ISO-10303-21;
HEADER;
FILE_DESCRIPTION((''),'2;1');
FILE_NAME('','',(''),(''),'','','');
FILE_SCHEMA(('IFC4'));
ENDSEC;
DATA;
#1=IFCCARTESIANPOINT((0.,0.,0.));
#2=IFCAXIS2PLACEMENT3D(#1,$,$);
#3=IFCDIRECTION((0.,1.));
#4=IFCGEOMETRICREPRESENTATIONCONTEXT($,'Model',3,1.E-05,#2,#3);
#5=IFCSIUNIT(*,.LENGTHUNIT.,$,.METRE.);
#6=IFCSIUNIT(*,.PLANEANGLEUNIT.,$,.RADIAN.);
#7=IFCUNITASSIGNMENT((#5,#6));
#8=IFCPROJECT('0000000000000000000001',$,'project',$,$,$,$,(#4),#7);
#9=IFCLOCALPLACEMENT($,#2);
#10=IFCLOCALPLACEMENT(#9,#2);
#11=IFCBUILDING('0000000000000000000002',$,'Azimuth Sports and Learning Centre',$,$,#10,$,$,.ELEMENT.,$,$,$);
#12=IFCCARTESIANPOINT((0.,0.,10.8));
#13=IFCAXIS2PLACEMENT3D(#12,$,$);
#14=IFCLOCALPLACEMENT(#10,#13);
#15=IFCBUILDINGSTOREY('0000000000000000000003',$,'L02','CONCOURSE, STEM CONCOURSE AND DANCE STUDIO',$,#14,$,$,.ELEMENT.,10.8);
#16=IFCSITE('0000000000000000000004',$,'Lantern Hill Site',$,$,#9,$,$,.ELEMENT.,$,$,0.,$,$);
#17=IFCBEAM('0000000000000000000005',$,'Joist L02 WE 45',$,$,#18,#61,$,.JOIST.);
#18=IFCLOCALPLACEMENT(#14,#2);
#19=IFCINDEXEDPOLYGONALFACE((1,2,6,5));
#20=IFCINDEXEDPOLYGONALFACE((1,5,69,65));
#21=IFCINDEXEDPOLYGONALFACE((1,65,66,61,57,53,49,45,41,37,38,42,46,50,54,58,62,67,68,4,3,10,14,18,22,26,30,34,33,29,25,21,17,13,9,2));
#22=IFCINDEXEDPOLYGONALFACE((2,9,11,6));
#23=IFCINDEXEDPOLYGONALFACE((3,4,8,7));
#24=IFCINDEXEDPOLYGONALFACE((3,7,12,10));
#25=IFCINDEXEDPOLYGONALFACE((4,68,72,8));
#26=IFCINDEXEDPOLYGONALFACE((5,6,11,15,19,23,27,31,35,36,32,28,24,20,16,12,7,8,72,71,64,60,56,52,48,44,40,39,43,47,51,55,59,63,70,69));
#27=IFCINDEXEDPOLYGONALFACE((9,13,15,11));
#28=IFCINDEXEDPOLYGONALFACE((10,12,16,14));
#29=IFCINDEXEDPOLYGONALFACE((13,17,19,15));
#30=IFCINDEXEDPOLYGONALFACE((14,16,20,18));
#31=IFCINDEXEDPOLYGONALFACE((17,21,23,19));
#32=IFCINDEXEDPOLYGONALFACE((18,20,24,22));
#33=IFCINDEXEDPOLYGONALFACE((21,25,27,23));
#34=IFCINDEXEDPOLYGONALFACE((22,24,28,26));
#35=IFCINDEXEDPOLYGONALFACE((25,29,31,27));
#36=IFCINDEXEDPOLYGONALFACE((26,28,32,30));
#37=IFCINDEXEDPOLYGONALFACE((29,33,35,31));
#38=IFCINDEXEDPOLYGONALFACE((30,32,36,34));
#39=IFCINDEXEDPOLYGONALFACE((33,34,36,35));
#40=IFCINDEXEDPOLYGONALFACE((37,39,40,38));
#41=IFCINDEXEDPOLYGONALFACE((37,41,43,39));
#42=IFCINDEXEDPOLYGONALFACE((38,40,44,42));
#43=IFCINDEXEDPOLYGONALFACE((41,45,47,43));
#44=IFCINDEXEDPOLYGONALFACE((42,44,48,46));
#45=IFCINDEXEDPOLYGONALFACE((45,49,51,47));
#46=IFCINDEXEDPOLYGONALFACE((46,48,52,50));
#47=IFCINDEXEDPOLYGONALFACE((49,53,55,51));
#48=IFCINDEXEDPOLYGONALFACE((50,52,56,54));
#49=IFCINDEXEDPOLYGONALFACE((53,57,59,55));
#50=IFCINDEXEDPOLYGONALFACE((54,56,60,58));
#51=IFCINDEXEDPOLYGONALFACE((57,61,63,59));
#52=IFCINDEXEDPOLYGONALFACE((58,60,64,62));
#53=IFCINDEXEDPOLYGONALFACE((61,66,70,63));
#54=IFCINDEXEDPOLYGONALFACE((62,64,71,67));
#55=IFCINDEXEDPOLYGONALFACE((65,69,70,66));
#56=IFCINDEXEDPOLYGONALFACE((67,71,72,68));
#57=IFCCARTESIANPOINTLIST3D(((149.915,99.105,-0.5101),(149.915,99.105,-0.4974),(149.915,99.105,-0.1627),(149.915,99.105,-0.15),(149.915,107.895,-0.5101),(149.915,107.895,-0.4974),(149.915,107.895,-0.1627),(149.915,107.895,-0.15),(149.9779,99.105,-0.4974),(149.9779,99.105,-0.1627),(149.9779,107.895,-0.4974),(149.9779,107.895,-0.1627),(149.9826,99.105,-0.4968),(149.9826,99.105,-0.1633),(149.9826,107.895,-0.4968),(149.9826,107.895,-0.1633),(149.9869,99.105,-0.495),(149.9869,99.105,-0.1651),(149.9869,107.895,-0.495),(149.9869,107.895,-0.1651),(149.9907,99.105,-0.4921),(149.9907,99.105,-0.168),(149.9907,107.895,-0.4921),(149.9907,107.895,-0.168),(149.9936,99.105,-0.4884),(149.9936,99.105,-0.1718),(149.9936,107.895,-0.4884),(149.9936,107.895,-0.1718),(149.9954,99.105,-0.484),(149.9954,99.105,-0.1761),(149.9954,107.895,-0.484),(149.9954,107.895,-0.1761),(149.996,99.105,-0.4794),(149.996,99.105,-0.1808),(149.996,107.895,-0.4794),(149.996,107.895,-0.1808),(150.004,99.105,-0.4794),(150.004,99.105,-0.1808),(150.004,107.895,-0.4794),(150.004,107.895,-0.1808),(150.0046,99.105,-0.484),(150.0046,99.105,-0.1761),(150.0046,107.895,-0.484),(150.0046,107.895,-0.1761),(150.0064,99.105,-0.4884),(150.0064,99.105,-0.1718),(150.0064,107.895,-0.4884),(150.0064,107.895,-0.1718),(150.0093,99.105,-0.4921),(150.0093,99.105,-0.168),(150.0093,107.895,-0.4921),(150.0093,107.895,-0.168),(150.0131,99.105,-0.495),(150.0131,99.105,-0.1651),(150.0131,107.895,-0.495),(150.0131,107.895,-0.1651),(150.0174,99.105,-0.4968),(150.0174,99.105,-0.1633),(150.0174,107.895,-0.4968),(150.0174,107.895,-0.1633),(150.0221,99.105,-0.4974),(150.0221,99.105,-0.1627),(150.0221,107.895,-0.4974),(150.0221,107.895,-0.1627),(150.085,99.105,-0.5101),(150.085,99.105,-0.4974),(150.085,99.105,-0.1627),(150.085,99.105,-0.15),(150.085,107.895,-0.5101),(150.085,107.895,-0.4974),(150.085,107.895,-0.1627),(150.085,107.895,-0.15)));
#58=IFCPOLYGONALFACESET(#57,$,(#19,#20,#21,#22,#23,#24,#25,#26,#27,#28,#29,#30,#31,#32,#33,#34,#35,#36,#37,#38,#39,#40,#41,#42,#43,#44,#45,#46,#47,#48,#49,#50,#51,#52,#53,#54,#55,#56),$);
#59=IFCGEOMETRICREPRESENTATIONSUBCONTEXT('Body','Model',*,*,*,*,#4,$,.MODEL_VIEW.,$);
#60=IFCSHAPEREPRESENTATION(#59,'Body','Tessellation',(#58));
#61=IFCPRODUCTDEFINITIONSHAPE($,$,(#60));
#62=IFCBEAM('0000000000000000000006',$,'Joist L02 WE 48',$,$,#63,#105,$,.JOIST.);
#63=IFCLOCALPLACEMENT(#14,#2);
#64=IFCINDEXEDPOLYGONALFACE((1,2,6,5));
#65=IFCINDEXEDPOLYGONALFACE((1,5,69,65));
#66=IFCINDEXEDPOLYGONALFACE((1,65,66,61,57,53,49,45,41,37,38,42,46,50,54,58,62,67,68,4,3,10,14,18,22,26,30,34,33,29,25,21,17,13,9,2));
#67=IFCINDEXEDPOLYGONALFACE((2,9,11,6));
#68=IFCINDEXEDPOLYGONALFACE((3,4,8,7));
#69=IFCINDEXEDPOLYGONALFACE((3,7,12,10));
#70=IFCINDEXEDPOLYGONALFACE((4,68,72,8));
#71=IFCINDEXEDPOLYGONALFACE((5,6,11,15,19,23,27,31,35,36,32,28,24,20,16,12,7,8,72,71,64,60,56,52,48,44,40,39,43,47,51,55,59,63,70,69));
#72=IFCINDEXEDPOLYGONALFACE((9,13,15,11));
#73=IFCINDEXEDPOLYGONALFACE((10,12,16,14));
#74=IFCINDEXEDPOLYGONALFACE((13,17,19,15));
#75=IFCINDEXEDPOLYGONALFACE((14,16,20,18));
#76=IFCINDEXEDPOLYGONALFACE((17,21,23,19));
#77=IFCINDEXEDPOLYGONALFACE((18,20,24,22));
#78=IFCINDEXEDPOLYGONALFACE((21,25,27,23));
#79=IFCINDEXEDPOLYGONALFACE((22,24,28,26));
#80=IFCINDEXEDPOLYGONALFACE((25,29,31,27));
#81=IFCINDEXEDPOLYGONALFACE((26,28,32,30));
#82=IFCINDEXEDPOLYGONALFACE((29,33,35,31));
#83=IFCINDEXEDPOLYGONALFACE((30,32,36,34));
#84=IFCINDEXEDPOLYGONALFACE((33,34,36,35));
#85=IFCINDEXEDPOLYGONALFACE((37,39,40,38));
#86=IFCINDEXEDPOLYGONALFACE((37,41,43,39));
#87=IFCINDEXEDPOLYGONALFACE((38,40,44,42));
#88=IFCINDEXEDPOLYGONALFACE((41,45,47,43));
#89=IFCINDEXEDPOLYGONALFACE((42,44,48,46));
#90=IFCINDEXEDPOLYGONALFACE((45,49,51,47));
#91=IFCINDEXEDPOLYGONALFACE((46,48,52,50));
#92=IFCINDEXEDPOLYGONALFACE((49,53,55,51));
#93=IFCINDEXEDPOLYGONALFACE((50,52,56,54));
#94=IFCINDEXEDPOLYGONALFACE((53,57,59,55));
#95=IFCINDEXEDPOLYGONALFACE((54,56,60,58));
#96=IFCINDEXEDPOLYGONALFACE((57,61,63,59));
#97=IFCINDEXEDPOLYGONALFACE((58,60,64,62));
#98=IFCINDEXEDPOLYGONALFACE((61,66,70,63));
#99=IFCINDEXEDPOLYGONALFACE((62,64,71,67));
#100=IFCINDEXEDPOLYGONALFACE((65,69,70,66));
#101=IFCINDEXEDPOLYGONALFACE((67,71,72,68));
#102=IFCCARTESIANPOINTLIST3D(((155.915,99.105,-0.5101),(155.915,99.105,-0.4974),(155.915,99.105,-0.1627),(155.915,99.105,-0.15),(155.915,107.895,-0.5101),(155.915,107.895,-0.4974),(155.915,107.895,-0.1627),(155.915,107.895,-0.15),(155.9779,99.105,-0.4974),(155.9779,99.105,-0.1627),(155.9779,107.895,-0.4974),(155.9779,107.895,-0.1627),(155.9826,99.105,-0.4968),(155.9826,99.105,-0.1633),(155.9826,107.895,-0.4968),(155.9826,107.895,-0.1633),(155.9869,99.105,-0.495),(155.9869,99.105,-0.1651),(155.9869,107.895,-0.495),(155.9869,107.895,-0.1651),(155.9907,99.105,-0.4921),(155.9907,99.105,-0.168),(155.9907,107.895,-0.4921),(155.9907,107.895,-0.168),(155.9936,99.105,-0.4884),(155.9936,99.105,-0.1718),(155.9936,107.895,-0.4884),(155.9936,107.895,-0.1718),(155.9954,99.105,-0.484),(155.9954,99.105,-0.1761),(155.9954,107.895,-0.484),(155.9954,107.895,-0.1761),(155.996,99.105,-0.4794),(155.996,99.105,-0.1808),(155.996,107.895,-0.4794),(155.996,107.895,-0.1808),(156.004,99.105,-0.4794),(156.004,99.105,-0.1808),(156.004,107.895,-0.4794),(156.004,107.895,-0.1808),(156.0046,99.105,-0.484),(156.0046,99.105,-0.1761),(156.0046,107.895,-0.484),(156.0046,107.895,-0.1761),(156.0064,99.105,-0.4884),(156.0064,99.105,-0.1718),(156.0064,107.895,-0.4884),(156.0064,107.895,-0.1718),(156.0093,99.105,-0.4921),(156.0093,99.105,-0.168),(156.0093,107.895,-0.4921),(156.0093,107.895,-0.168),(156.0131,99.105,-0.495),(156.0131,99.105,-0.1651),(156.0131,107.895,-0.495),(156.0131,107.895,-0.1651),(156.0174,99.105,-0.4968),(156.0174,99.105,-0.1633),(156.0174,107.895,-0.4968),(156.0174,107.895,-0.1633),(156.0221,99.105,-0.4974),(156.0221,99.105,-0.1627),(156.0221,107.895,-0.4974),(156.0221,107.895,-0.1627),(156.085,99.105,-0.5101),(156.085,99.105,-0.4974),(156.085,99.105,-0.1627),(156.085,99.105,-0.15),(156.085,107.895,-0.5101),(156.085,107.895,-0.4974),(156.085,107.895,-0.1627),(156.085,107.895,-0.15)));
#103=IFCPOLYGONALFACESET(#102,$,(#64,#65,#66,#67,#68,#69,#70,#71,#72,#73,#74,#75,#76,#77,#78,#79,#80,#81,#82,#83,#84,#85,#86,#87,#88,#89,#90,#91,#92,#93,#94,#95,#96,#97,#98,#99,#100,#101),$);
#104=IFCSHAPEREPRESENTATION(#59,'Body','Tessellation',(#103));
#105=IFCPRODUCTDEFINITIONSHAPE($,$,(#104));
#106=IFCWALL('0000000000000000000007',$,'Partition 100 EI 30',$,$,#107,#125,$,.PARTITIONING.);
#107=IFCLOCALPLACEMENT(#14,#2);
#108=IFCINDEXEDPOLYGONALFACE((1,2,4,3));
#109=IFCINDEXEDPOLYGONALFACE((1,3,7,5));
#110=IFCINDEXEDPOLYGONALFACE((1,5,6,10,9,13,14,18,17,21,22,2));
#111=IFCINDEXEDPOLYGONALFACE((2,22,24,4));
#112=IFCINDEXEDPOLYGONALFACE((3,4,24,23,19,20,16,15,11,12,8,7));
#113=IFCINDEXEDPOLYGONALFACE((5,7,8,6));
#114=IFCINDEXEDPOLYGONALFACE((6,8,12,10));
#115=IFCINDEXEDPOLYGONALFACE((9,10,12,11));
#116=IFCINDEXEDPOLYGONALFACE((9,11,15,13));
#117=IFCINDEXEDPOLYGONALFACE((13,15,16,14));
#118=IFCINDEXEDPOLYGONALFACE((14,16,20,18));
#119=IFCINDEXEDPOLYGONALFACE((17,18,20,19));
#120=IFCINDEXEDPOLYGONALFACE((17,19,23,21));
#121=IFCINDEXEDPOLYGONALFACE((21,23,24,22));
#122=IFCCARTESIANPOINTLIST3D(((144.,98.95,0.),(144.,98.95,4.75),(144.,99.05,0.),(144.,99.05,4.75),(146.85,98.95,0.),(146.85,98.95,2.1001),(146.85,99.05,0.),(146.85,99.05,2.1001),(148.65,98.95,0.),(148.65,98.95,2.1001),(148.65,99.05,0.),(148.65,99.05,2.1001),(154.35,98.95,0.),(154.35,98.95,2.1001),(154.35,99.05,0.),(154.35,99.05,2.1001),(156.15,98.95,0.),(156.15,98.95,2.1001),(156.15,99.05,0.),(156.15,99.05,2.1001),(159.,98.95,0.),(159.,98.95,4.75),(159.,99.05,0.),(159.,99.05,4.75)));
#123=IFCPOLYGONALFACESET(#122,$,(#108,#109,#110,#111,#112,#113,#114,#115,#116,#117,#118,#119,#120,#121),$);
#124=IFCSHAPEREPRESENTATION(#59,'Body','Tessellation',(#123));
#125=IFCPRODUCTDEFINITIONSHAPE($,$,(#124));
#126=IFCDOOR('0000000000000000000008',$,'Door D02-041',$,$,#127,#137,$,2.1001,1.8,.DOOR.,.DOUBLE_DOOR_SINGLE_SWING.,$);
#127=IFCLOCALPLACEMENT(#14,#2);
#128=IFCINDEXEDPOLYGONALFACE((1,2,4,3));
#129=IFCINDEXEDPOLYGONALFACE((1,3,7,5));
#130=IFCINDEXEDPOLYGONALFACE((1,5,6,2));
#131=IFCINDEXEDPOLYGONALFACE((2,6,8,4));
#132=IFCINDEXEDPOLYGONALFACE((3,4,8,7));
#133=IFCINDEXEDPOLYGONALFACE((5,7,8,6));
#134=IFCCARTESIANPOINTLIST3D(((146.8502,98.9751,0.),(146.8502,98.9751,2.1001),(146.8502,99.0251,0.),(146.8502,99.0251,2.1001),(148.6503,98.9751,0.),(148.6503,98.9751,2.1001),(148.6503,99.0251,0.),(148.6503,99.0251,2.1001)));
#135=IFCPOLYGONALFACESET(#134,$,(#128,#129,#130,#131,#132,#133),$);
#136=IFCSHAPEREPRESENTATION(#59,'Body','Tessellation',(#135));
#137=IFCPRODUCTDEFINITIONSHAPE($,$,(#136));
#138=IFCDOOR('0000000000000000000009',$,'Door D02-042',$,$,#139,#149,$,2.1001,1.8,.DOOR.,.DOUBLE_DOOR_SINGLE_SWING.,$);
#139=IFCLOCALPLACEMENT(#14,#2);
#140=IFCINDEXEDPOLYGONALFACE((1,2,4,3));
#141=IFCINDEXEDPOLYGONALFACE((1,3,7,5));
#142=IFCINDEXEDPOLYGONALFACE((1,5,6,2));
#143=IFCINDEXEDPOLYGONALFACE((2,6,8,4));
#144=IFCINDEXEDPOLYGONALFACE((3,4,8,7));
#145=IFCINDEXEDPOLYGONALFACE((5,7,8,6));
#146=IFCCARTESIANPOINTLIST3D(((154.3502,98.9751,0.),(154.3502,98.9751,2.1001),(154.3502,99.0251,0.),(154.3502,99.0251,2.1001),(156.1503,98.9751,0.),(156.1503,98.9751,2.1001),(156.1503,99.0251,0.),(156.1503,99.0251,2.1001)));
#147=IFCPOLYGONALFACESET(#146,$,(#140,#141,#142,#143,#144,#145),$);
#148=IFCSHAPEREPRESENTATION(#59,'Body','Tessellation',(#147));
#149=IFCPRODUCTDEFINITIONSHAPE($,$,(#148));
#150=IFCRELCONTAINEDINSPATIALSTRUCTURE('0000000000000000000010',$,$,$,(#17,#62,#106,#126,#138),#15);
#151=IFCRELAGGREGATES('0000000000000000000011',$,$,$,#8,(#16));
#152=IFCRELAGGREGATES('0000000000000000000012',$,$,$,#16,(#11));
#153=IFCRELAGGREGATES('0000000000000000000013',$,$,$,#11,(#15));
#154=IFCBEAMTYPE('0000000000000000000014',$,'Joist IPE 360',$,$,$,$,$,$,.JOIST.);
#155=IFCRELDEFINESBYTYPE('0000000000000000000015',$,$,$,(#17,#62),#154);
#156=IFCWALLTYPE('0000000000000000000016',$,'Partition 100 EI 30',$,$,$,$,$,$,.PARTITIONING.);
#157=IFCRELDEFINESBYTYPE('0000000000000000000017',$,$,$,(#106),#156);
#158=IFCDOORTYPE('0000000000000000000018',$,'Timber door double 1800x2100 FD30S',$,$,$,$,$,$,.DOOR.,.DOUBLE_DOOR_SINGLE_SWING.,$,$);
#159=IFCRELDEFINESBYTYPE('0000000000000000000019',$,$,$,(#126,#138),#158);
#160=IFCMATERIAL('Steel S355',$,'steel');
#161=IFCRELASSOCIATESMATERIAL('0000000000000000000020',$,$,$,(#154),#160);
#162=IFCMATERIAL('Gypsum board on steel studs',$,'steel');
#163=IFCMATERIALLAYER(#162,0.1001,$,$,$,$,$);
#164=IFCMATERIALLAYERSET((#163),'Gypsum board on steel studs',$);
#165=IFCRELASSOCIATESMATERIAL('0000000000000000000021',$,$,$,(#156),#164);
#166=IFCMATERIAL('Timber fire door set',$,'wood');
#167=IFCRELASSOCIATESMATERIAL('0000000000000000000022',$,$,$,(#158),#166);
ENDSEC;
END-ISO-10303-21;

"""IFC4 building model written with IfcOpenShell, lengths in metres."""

from ifc_helpers import new_model, si_unit, direction, frame, frame_2d, origin, origin_2d, place, context, subcontext, project, spatial, rectangle, i_section, extrude, material, layer, layer_set, material_profile, profile_set, type_object, element, fill, save


model = new_model("IFC4")

# Units and contexts
model_context = context("Model", 3, precision=1e-05, world=origin(), true_north=direction((0.0, 1.0)))
body_context = subcontext(model_context, "Body", "Model", "MODEL_VIEW")
ifc_project = project(units=[si_unit("LENGTHUNIT", "METRE"), si_unit("PLANEANGLEUNIT", "RADIAN")], contexts=[model_context])

# Site, building, storey
site_placement = place(None, origin())
site = spatial("IfcSite", under=ifc_project, at=site_placement, Name="Lantern Hill Site", CompositionType="ELEMENT", RefElevation=0.0)
building_placement = place(site_placement, origin())
building = spatial("IfcBuilding", under=site, at=building_placement, Name="Azimuth Sports and Learning Centre", CompositionType="ELEMENT")
storey_placement = place(building_placement, frame((0.0, 0.0, 10.8)))
storey = spatial("IfcBuildingStorey", under=building, at=storey_placement, Name="L02", Description="CONCOURSE, STEM CONCOURSE AND DANCE STUDIO", CompositionType="ELEMENT", Elevation=10.8)

# Beams
ifc_material_1 = material(Name="Steel S355", Category="steel")
ifc_material_profile_1 = material_profile(ifc_material_1, i_section(OverallWidth=0.1699, OverallDepth=0.3601, WebThickness=0.0081, FlangeThickness=0.0127, FilletRadius=0.0181, at=origin_2d()), Name="IPE 360")
ifc_profile_set_1 = profile_set([ifc_material_profile_1], Name="Steel S355")
beam_type_1 = type_object("IfcBeamType", Name="Joist IPE 360", PredefinedType="JOIST", material=ifc_profile_set_1)
for number, where, z_axis, x_axis, name in (
    (1, (150.0, 99.105, -0.3301), (0.0, 1.0, 0.0), (-1.0, 0.0, 0.0), "Joist L02 WE 45"),
    (2, (156.0, 99.105, -0.3301), (0.0, 1.0, 0.0), (-1.0, 0.0, 0.0), "Joist L02 WE 48"),
):
    element("IfcBeam", number, at=place(storey_placement, frame(where, z_axis=z_axis, x_axis=x_axis)), inside=storey, type_object=beam_type_1, Name=name, PredefinedType="JOIST", context=body_context, shape_type="SweptSolid", body=[
        extrude(i_section(OverallWidth=0.1699, OverallDepth=0.3601, WebThickness=0.0081, FlangeThickness=0.0127, FilletRadius=0.0181, at=origin_2d()), origin(), (0.0, 0.0, 1.0), 8.79),
    ])

# Wall, openings, doors
ifc_material_2 = material(Name="Gypsum board on steel studs", Category="steel")
ifc_layer_1 = layer(ifc_material_2, 0.1001)
ifc_layer_set_1 = layer_set([ifc_layer_1], Name="Gypsum board on steel studs")
wall_type_1 = type_object("IfcWallType", Name="Partition 100 EI 30", PredefinedType="PARTITIONING", material=ifc_layer_set_1)
wall_1_placement = place(storey_placement, frame((144.0, 99.0, 0.0), z_axis=(0.0, 0.0, 1.0), x_axis=(1.0, 0.0, 0.0)))
wall_1 = element("IfcWall", 3, at=wall_1_placement, inside=storey, type_object=wall_type_1, Name="Partition 100 EI 30", PredefinedType="PARTITIONING", context=body_context, shape_type="SweptSolid", body=[
    extrude(rectangle(XDim=15.0, YDim=0.1001, at=frame_2d((7.5, 0.0))), origin(), (0.0, 0.0, 1.0), 4.75),
])
opening_1_placement = place(wall_1_placement, frame((2.8501, 0.0, 0.0)))
opening_1 = element("IfcOpeningElement", 4, at=opening_1_placement, cuts=wall_1, PredefinedType="OPENING", context=body_context, shape_type="SweptSolid", body=[
    extrude(rectangle(XDim=1.8, YDim=2.1001, at=frame_2d((0.8999, 1.05))), frame((0.0, 0.061, 0.0), z_axis=(0.0, -1.0, 0.0), x_axis=(1.0, 0.0, 0.0)), (0.0, 0.0, 1.0), 0.1221),
])
opening_2_placement = place(wall_1_placement, frame((10.3501, 0.0, 0.0)))
opening_2 = element("IfcOpeningElement", 5, at=opening_2_placement, cuts=wall_1, PredefinedType="OPENING", context=body_context, shape_type="SweptSolid", body=[
    extrude(rectangle(XDim=1.8, YDim=2.1001, at=frame_2d((0.8999, 1.05))), frame((0.0, 0.061, 0.0), z_axis=(0.0, -1.0, 0.0), x_axis=(1.0, 0.0, 0.0)), (0.0, 0.0, 1.0), 0.1221),
])
ifc_material_3 = material(Name="Timber fire door set", Category="wood")
door_type_1 = type_object("IfcDoorType", Name="Timber door double 1800x2100 FD30S", OperationType="DOUBLE_DOOR_SINGLE_SWING", PredefinedType="DOOR", material=ifc_material_3)
door_1_placement = place(opening_1_placement, frame((1.8, 0.0, 0.0), z_axis=(0.0, 0.0, 1.0), x_axis=(-1.0, 0.0, 0.0)))
door_1 = element("IfcDoor", 6, at=door_1_placement, inside=storey, type_object=door_type_1, Name="Door D02-041", OperationType="DOUBLE_DOOR_SINGLE_SWING", OverallHeight=2.1001, OverallWidth=1.8, PredefinedType="DOOR", context=body_context, shape_type="SweptSolid", body=[
    extrude(rectangle(XDim=1.8, YDim=2.1001, at=frame_2d((0.8999, 1.05))), frame((0.0, 0.0249, 0.0), z_axis=(0.0, -1.0, 0.0), x_axis=(1.0, 0.0, 0.0)), (0.0, 0.0, 1.0), 0.05),
])
fill(opening_1, door_1)
door_2_placement = place(opening_2_placement, frame((1.8, 0.0, 0.0), z_axis=(0.0, 0.0, 1.0), x_axis=(-1.0, 0.0, 0.0)))
door_2 = element("IfcDoor", 7, at=door_2_placement, inside=storey, type_object=door_type_1, Name="Door D02-042", OperationType="DOUBLE_DOOR_SINGLE_SWING", OverallHeight=2.1001, OverallWidth=1.8, PredefinedType="DOOR", context=body_context, shape_type="SweptSolid", body=[
    extrude(rectangle(XDim=1.8, YDim=2.1001, at=frame_2d((0.8999, 1.05))), frame((0.0, 0.0249, 0.0), z_axis=(0.0, -1.0, 0.0), x_axis=(1.0, 0.0, 0.0)), (0.0, 0.0, 1.0), 0.05),
])
fill(opening_2, door_2)

save(model, "model.ifc")
